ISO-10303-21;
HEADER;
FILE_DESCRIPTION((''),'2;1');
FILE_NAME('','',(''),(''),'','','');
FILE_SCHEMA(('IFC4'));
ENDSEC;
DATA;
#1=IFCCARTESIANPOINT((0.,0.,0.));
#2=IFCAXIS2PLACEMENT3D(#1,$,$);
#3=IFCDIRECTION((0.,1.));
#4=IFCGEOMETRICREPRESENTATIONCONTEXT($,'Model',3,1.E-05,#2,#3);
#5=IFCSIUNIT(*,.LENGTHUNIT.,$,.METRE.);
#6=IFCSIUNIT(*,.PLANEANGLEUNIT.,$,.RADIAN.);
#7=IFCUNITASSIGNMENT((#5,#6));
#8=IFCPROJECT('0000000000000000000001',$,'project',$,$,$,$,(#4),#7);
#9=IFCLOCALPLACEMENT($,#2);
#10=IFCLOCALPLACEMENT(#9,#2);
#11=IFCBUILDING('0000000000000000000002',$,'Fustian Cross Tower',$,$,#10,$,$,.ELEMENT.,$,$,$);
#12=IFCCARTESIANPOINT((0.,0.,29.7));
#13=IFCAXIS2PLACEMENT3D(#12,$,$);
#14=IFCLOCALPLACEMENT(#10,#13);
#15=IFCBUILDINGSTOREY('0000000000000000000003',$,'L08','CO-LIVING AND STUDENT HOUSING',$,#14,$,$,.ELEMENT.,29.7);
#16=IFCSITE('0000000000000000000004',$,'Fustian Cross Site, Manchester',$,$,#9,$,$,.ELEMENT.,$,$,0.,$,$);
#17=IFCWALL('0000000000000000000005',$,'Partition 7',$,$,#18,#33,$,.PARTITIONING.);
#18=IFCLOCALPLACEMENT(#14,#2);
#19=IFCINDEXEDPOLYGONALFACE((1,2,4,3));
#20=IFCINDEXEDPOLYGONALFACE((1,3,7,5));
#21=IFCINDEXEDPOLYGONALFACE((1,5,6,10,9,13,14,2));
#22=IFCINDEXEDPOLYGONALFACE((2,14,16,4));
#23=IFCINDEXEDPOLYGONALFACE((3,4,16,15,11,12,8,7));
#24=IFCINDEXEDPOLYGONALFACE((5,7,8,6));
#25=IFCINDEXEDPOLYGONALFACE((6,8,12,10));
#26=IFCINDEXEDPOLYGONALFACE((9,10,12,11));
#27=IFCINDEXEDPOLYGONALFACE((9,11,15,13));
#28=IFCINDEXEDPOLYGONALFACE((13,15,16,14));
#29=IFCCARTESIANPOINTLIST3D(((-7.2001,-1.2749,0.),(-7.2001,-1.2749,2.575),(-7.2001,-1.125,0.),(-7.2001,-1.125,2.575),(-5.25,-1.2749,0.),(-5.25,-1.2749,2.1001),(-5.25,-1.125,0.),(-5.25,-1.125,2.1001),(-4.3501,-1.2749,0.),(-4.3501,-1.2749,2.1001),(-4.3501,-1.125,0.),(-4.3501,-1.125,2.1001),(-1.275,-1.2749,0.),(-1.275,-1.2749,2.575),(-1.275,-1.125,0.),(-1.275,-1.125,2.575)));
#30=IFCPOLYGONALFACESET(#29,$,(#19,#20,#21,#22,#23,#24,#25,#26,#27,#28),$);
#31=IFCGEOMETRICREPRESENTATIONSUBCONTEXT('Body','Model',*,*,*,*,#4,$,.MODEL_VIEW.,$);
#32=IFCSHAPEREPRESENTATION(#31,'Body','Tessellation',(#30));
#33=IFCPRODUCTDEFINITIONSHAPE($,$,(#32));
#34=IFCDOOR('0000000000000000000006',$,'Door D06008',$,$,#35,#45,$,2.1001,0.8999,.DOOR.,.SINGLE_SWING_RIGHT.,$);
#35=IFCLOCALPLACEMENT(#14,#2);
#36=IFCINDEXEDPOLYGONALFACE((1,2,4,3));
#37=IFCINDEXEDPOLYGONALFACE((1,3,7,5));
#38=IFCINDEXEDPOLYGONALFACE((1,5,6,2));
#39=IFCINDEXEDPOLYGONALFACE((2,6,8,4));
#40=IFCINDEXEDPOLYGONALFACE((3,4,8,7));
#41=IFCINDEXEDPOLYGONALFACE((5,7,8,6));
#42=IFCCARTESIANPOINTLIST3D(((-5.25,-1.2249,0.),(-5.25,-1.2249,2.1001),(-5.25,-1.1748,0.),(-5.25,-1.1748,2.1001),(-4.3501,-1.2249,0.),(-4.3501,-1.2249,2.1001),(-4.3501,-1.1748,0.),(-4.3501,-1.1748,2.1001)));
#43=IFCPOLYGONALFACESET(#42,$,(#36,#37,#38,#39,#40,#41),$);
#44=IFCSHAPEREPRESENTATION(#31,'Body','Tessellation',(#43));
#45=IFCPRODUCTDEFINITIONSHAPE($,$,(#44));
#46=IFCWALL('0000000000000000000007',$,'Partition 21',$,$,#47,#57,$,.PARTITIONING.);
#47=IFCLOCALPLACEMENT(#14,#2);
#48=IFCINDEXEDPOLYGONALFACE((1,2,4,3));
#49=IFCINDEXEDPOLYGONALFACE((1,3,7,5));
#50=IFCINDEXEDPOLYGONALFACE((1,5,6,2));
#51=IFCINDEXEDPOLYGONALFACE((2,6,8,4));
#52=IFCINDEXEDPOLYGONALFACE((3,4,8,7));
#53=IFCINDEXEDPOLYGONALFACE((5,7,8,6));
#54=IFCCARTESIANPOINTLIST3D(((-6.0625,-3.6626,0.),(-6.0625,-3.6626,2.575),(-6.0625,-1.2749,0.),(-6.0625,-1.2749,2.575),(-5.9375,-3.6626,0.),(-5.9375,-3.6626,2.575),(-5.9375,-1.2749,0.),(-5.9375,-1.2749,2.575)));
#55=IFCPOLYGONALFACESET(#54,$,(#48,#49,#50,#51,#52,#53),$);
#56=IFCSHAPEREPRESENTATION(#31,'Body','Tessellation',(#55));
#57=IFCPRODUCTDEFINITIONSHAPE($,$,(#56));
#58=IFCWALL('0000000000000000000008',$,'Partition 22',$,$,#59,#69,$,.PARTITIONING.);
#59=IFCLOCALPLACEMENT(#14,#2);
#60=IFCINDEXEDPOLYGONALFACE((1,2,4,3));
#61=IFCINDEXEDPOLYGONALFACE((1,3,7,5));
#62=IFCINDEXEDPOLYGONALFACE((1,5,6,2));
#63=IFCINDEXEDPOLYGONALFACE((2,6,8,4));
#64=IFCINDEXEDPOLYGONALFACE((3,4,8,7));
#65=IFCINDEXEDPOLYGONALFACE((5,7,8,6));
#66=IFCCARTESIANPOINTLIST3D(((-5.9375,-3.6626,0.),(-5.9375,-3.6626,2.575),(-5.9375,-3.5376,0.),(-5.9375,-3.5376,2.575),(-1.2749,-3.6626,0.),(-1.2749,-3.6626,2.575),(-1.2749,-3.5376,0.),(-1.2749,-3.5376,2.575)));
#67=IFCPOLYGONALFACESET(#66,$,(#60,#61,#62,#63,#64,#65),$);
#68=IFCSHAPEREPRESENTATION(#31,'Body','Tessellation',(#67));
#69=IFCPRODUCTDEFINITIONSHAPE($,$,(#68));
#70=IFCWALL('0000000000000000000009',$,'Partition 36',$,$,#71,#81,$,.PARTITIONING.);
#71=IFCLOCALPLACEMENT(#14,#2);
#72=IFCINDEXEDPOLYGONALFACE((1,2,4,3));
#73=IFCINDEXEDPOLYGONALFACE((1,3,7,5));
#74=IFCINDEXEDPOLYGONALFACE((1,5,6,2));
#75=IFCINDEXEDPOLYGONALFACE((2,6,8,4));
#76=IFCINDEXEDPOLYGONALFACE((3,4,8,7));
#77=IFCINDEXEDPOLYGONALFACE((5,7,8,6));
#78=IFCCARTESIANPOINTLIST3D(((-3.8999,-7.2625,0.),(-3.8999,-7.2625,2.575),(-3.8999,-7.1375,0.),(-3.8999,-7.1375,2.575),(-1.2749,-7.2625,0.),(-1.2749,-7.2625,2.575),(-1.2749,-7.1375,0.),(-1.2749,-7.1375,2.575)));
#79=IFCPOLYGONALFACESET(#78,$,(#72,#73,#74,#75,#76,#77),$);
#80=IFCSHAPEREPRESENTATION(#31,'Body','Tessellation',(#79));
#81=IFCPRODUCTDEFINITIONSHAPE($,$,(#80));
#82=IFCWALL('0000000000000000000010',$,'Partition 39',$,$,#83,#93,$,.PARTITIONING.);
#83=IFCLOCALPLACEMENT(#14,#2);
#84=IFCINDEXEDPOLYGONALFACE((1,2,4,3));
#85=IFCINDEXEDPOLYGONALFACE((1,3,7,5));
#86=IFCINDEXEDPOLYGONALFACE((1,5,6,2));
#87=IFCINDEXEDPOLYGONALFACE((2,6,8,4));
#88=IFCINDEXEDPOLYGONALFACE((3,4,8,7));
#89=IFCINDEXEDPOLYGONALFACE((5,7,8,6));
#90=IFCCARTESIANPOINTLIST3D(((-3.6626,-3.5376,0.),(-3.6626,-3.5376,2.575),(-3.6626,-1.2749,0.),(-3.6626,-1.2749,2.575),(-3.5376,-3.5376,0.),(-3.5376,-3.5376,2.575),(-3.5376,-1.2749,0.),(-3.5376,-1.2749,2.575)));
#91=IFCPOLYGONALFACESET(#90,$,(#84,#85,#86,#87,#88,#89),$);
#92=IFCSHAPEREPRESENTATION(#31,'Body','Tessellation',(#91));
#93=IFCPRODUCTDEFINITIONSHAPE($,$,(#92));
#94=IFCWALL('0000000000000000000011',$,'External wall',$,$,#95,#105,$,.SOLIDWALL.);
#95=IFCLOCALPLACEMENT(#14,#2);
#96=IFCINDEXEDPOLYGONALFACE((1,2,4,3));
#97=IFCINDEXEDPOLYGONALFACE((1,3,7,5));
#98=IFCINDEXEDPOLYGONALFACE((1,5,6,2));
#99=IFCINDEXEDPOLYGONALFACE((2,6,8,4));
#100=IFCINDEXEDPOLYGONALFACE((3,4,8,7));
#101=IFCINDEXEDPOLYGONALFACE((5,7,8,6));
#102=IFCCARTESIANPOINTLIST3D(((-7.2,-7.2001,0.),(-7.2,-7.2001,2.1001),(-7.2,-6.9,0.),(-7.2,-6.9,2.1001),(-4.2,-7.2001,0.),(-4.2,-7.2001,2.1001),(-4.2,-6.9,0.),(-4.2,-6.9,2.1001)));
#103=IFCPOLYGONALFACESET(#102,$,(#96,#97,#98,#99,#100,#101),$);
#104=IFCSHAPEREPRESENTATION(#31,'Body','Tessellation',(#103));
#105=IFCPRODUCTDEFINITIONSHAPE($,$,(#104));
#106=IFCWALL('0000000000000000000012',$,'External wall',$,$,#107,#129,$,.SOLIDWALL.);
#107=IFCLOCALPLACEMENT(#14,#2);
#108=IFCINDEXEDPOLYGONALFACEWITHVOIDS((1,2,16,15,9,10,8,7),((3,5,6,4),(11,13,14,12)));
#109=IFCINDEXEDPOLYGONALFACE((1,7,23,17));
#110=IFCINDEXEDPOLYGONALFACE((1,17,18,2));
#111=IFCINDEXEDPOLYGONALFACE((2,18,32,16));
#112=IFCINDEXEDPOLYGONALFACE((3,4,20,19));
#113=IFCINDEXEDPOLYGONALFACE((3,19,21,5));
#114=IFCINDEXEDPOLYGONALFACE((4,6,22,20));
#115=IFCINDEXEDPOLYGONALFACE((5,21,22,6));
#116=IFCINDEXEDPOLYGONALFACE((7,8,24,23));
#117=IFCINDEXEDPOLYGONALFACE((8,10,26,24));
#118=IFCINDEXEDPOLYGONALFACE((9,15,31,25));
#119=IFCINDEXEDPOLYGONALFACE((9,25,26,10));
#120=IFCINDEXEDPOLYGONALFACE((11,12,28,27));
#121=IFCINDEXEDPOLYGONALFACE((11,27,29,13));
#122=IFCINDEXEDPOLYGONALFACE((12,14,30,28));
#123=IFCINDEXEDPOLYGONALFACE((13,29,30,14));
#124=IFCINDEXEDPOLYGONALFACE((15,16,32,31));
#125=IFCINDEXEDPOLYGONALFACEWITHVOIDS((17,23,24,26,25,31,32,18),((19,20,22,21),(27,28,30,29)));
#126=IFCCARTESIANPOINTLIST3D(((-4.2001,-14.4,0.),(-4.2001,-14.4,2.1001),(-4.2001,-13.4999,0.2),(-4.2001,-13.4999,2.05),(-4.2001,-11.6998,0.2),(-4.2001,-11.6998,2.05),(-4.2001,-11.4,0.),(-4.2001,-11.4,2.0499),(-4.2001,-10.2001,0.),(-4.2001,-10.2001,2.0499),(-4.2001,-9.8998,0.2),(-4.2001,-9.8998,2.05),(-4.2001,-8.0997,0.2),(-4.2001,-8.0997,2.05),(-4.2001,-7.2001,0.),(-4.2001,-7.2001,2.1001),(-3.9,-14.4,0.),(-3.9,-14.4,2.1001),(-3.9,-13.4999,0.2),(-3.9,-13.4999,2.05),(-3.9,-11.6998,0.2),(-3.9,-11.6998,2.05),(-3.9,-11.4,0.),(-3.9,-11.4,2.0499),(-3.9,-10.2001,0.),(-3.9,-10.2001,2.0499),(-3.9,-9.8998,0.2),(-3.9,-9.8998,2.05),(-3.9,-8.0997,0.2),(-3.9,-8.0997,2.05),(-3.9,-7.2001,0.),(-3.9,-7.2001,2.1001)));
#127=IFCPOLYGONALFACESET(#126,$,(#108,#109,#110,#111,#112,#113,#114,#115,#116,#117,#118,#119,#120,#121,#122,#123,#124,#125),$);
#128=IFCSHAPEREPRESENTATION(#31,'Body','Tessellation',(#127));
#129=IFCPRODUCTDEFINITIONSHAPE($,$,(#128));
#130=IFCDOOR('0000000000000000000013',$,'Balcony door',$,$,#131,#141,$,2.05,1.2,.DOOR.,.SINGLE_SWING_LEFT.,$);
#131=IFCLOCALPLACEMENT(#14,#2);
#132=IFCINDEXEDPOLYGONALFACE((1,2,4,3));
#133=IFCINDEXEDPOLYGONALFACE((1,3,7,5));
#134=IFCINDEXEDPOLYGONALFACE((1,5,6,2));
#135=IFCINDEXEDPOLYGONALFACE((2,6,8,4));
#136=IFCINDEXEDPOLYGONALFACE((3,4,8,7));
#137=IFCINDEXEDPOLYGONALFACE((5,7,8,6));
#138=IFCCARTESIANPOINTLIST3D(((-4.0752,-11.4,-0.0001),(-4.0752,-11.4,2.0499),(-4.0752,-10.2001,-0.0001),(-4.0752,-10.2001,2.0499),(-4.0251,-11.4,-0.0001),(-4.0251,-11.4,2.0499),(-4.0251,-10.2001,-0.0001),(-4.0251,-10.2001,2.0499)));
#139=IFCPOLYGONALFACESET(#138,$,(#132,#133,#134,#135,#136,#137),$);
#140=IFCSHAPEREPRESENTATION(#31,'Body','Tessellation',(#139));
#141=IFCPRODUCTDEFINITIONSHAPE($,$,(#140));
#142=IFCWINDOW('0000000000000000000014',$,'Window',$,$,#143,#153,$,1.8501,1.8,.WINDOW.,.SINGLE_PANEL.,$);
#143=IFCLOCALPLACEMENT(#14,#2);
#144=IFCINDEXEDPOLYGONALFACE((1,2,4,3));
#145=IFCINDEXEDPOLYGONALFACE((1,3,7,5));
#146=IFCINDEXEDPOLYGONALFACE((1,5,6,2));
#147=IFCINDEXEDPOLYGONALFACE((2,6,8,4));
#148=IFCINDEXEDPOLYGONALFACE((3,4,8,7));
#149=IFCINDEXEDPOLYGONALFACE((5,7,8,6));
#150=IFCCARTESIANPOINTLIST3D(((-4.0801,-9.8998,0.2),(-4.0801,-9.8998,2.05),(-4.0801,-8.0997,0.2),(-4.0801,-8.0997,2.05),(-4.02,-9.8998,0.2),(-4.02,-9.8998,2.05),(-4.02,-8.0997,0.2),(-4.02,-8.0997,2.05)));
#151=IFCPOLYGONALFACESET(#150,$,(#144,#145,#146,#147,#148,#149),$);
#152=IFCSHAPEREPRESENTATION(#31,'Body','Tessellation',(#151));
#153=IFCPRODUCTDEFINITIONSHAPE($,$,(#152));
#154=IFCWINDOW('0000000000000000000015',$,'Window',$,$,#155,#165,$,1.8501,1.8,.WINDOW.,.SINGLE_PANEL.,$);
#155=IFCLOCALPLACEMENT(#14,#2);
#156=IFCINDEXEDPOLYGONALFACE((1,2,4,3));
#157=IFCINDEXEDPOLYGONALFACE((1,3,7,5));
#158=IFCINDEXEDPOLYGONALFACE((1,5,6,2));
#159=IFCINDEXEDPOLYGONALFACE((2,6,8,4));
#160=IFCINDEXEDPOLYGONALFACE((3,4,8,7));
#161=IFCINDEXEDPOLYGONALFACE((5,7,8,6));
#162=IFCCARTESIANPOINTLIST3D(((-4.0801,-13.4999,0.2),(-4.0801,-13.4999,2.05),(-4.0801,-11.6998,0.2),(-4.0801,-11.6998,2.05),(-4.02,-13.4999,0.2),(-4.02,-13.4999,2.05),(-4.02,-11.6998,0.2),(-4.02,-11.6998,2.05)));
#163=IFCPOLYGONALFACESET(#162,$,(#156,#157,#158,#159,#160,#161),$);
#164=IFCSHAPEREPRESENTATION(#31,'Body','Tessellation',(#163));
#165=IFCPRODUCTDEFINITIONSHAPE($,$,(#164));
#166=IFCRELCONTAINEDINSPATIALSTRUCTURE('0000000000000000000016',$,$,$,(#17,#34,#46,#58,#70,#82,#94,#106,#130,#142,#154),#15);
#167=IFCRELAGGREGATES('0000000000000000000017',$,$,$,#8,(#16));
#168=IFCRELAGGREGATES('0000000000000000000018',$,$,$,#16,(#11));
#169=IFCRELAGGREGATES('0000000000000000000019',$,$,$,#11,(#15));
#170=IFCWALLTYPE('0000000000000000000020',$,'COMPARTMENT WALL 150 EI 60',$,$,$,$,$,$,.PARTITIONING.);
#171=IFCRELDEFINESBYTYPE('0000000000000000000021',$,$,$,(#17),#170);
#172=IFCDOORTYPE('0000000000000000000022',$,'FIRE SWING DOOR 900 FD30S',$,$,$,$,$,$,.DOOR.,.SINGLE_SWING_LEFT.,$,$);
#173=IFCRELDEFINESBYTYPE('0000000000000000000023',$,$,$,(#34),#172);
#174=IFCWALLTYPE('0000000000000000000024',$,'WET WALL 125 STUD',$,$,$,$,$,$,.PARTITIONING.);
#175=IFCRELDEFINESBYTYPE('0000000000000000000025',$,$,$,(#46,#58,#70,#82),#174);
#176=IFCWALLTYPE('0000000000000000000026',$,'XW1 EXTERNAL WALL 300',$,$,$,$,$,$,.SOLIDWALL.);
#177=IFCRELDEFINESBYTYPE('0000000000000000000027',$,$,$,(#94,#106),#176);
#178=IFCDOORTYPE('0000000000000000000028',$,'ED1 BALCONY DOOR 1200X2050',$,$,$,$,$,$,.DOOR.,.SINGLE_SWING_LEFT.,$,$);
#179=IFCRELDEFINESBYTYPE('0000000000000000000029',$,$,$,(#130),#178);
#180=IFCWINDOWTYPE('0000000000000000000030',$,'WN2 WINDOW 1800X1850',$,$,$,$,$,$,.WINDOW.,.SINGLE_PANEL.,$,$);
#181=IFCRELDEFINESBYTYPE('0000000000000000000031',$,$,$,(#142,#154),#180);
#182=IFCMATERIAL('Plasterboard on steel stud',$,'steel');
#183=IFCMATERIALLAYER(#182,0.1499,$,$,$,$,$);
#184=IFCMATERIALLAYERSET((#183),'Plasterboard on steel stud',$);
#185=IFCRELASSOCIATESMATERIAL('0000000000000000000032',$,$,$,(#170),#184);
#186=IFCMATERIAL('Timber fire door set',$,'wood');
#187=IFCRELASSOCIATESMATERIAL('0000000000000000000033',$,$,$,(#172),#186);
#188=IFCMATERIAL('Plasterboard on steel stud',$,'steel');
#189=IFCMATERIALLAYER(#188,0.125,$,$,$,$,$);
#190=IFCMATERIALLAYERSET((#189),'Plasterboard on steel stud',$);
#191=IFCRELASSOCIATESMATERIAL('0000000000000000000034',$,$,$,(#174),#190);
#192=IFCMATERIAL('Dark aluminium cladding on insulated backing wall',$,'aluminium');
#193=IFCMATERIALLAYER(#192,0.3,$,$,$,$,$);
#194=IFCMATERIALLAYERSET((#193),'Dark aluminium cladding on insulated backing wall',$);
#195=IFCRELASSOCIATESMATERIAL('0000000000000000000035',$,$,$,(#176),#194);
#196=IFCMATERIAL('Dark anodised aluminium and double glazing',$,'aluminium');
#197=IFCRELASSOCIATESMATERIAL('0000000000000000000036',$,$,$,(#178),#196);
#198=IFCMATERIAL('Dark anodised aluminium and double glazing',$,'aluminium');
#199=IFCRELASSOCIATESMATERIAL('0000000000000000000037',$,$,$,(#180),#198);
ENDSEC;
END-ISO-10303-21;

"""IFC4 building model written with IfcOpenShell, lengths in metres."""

from ifc_helpers import new_model, si_unit, direction, frame, frame_2d, origin, place, context, subcontext, project, spatial, rectangle, extrude, material, layer, layer_set, type_object, element, fill, save


model = new_model("IFC4")

# Units and contexts
model_context = context("Model", 3, precision=1e-05, world=origin(), true_north=direction((0.0, 1.0)))
body_context = subcontext(model_context, "Body", "Model", "MODEL_VIEW")
ifc_project = project(units=[si_unit("LENGTHUNIT", "METRE"), si_unit("PLANEANGLEUNIT", "RADIAN")], contexts=[model_context])

# Site, building, storey
site_placement = place(None, origin())
site = spatial("IfcSite", under=ifc_project, at=site_placement, Name="Fustian Cross Site, Manchester", CompositionType="ELEMENT", RefElevation=0.0)
building_placement = place(site_placement, origin())
building = spatial("IfcBuilding", under=site, at=building_placement, Name="Fustian Cross Tower", CompositionType="ELEMENT")
storey_placement = place(building_placement, frame((0.0, 0.0, 29.7)))
storey = spatial("IfcBuildingStorey", under=building, at=storey_placement, Name="L08", Description="CO-LIVING AND STUDENT HOUSING", CompositionType="ELEMENT", Elevation=29.7)

# Wall, opening, door
ifc_material_1 = material(Name="Plasterboard on steel stud", Category="steel")
ifc_layer_1 = layer(ifc_material_1, 0.1499)
ifc_layer_set_1 = layer_set([ifc_layer_1], Name="Plasterboard on steel stud")
wall_type_1 = type_object("IfcWallType", Name="COMPARTMENT WALL 150 EI 60", PredefinedType="PARTITIONING", material=ifc_layer_set_1)
wall_1_placement = place(storey_placement, frame((-7.2, -1.2, 0.0), z_axis=(0.0, 0.0, 1.0), x_axis=(1.0, 0.0, 0.0)))
wall_1 = element("IfcWall", 1, at=wall_1_placement, inside=storey, type_object=wall_type_1, Name="Partition 7", PredefinedType="PARTITIONING", context=body_context, shape_type="SweptSolid", body=[
    extrude(rectangle(XDim=5.925, YDim=0.1499, at=frame_2d((2.9624, 0.0))), origin(), (0.0, 0.0, 1.0), 2.575),
])
opening_1_placement = place(wall_1_placement, frame((1.95, 0.0, 0.0)))
opening_1 = element("IfcOpeningElement", 2, at=opening_1_placement, cuts=wall_1, PredefinedType="OPENING", context=body_context, shape_type="SweptSolid", body=[
    extrude(rectangle(XDim=0.8999, YDim=2.1001, at=frame_2d((0.45, 1.05))), frame((0.0, 0.085, 0.0), z_axis=(0.0, -1.0, 0.0), x_axis=(1.0, 0.0, 0.0)), (0.0, 0.0, 1.0), 0.1699),
])
ifc_material_2 = material(Name="Timber fire door set", Category="wood")
door_type_1 = type_object("IfcDoorType", Name="FIRE SWING DOOR 900 FD30S", OperationType="SINGLE_SWING_LEFT", PredefinedType="DOOR", material=ifc_material_2)
door_1_placement = place(opening_1_placement, frame((0.8999, 0.0, 0.0), z_axis=(0.0, 0.0, 1.0), x_axis=(-1.0, 0.0, 0.0)))
door_1 = element("IfcDoor", 3, at=door_1_placement, inside=storey, type_object=door_type_1, Name="Door D06008", OperationType="SINGLE_SWING_RIGHT", OverallHeight=2.1001, OverallWidth=0.8999, PredefinedType="DOOR", context=body_context, shape_type="SweptSolid", body=[
    extrude(rectangle(XDim=0.8999, YDim=2.1001, at=frame_2d((0.45, 1.05))), frame((0.0, 0.0249, 0.0), z_axis=(0.0, -1.0, 0.0), x_axis=(1.0, 0.0, 0.0)), (0.0, 0.0, 1.0), 0.05),
])
fill(opening_1, door_1)

# Walls
ifc_material_3 = material(Name="Plasterboard on steel stud", Category="steel")
ifc_layer_2 = layer(ifc_material_3, 0.125)
ifc_layer_set_2 = layer_set([ifc_layer_2], Name="Plasterboard on steel stud")
wall_type_2 = type_object("IfcWallType", Name="WET WALL 125 STUD", PredefinedType="PARTITIONING", material=ifc_layer_set_2)
wall_2_placement = place(storey_placement, frame((-6.0, -3.6626, 0.0), z_axis=(0.0, 0.0, 1.0), x_axis=(0.0, 1.0, 0.0)))
element("IfcWall", 4, at=wall_2_placement, inside=storey, type_object=wall_type_2, Name="Partition 21", PredefinedType="PARTITIONING", context=body_context, shape_type="SweptSolid", body=[
    extrude(rectangle(XDim=2.3877, YDim=0.125, at=frame_2d((1.1938, 0.0))), origin(), (0.0, 0.0, 1.0), 2.575),
])
wall_3_placement = place(storey_placement, frame((-5.9375, -3.6001, 0.0), z_axis=(0.0, 0.0, 1.0), x_axis=(1.0, 0.0, 0.0)))
element("IfcWall", 5, at=wall_3_placement, inside=storey, type_object=wall_type_2, Name="Partition 22", PredefinedType="PARTITIONING", context=body_context, shape_type="SweptSolid", body=[
    extrude(rectangle(XDim=4.6626, YDim=0.125, at=frame_2d((2.3313, 0.0))), origin(), (0.0, 0.0, 1.0), 2.575),
])
wall_4_placement = place(storey_placement, frame((-3.8999, -7.2, 0.0), z_axis=(0.0, 0.0, 1.0), x_axis=(1.0, 0.0, 0.0)))
element("IfcWall", 6, at=wall_4_placement, inside=storey, type_object=wall_type_2, Name="Partition 36", PredefinedType="PARTITIONING", context=body_context, shape_type="SweptSolid", body=[
    extrude(rectangle(XDim=2.625, YDim=0.125, at=frame_2d((1.3125, 0.0))), origin(), (0.0, 0.0, 1.0), 2.575),
])
wall_5_placement = place(storey_placement, frame((-3.6001, -3.5376, 0.0), z_axis=(0.0, 0.0, 1.0), x_axis=(0.0, 1.0, 0.0)))
element("IfcWall", 7, at=wall_5_placement, inside=storey, type_object=wall_type_2, Name="Partition 39", PredefinedType="PARTITIONING", context=body_context, shape_type="SweptSolid", body=[
    extrude(rectangle(XDim=2.2627, YDim=0.125, at=frame_2d((1.1313, 0.0))), origin(), (0.0, 0.0, 1.0), 2.575),
])
ifc_material_4 = material(Name="Dark aluminium cladding on insulated backing wall", Category="aluminium")
ifc_layer_3 = layer(ifc_material_4, 0.3)
ifc_layer_set_3 = layer_set([ifc_layer_3], Name="Dark aluminium cladding on insulated backing wall")
wall_type_3 = type_object("IfcWallType", Name="XW1 EXTERNAL WALL 300", PredefinedType="SOLIDWALL", material=ifc_layer_set_3)
wall_6_placement = place(storey_placement, frame((-7.2, -7.05, 0.0), z_axis=(0.0, 0.0, 1.0), x_axis=(1.0, 0.0, 0.0)))
element("IfcWall", 8, at=wall_6_placement, inside=storey, type_object=wall_type_3, Name="External wall", PredefinedType="SOLIDWALL", context=body_context, shape_type="SweptSolid", body=[
    extrude(rectangle(XDim=3.0, YDim=0.3, at=frame_2d((1.5, 0.0))), origin(), (0.0, 0.0, 1.0), 2.1001),
])

# Wall, openings, door, windows
wall_7_placement = place(storey_placement, frame((-4.05, -7.2, 0.0), z_axis=(0.0, 0.0, 1.0), x_axis=(0.0, -1.0, 0.0)))
wall_7 = element("IfcWall", 9, at=wall_7_placement, inside=storey, type_object=wall_type_3, Name="External wall", PredefinedType="SOLIDWALL", context=body_context, shape_type="SweptSolid", body=[
    extrude(rectangle(XDim=7.2, YDim=0.3, at=frame_2d((3.6001, 0.0))), origin(), (0.0, 0.0, 1.0), 2.1001),
])
opening_2_placement = place(wall_7_placement, frame((3.0, 0.0, 0.0)))
opening_2 = element("IfcOpeningElement", 10, at=opening_2_placement, cuts=wall_7, PredefinedType="OPENING", context=body_context, shape_type="SweptSolid", body=[
    extrude(rectangle(XDim=1.2, YDim=2.05, at=frame_2d((0.6001, 1.0249))), frame((0.0, 0.1599, 0.0), z_axis=(0.0, -1.0, 0.0), x_axis=(1.0, 0.0, 0.0)), (0.0, 0.0, 1.0), 0.3201),
])
opening_3_placement = place(wall_7_placement, frame((0.8999, 0.0, 0.2)))
opening_3 = element("IfcOpeningElement", 11, at=opening_3_placement, cuts=wall_7, PredefinedType="OPENING", context=body_context, shape_type="SweptSolid", body=[
    extrude(rectangle(XDim=1.8, YDim=1.8501, at=frame_2d((0.8999, 0.925))), frame((0.0, 0.1599, 0.0), z_axis=(0.0, -1.0, 0.0), x_axis=(1.0, 0.0, 0.0)), (0.0, 0.0, 1.0), 0.3201),
])
opening_4_placement = place(wall_7_placement, frame((4.5, 0.0, 0.2)))
opening_4 = element("IfcOpeningElement", 12, at=opening_4_placement, cuts=wall_7, PredefinedType="OPENING", context=body_context, shape_type="SweptSolid", body=[
    extrude(rectangle(XDim=1.8, YDim=1.8501, at=frame_2d((0.8999, 0.925))), frame((0.0, 0.1599, 0.0), z_axis=(0.0, -1.0, 0.0), x_axis=(1.0, 0.0, 0.0)), (0.0, 0.0, 1.0), 0.3201),
])
ifc_material_5 = material(Name="Dark anodised aluminium and double glazing", Category="aluminium")
door_type_2 = type_object("IfcDoorType", Name="ED1 BALCONY DOOR 1200X2050", OperationType="SINGLE_SWING_LEFT", PredefinedType="DOOR", material=ifc_material_5)
door_2_placement = place(opening_2_placement, origin())
door_2 = element("IfcDoor", 13, at=door_2_placement, inside=storey, type_object=door_type_2, Name="Balcony door", OperationType="SINGLE_SWING_LEFT", OverallHeight=2.05, OverallWidth=1.2, PredefinedType="DOOR", context=body_context, shape_type="SweptSolid", body=[
    extrude(rectangle(XDim=1.2, YDim=2.05, at=frame_2d((0.6001, 1.0249))), frame((0.0, 0.0249, 0.0), z_axis=(0.0, -1.0, 0.0), x_axis=(1.0, 0.0, 0.0)), (0.0, 0.0, 1.0), 0.05),
])
fill(opening_2, door_2)
ifc_material_6 = material(Name="Dark anodised aluminium and double glazing", Category="aluminium")
window_type = type_object("IfcWindowType", Name="WN2 WINDOW 1800X1850", PartitioningType="SINGLE_PANEL", PredefinedType="WINDOW", material=ifc_material_6)
window_1_placement = place(opening_3_placement, origin())
window_1 = element("IfcWindow", 14, at=window_1_placement, inside=storey, type_object=window_type, Name="Window", OverallHeight=1.8501, OverallWidth=1.8, PartitioningType="SINGLE_PANEL", PredefinedType="WINDOW", context=body_context, shape_type="SweptSolid", body=[
    extrude(rectangle(XDim=1.8, YDim=1.8501, at=frame_2d((0.8999, 0.925))), frame((0.0, 0.03, 0.0), z_axis=(0.0, -1.0, 0.0), x_axis=(1.0, 0.0, 0.0)), (0.0, 0.0, 1.0), 0.0601),
])
fill(opening_3, window_1)
window_2_placement = place(opening_4_placement, origin())
window_2 = element("IfcWindow", 15, at=window_2_placement, inside=storey, type_object=window_type, Name="Window", OverallHeight=1.8501, OverallWidth=1.8, PartitioningType="SINGLE_PANEL", PredefinedType="WINDOW", context=body_context, shape_type="SweptSolid", body=[
    extrude(rectangle(XDim=1.8, YDim=1.8501, at=frame_2d((0.8999, 0.925))), frame((0.0, 0.03, 0.0), z_axis=(0.0, -1.0, 0.0), x_axis=(1.0, 0.0, 0.0)), (0.0, 0.0, 1.0), 0.0601),
])
fill(opening_4, window_2)

save(model, "model.ifc")
